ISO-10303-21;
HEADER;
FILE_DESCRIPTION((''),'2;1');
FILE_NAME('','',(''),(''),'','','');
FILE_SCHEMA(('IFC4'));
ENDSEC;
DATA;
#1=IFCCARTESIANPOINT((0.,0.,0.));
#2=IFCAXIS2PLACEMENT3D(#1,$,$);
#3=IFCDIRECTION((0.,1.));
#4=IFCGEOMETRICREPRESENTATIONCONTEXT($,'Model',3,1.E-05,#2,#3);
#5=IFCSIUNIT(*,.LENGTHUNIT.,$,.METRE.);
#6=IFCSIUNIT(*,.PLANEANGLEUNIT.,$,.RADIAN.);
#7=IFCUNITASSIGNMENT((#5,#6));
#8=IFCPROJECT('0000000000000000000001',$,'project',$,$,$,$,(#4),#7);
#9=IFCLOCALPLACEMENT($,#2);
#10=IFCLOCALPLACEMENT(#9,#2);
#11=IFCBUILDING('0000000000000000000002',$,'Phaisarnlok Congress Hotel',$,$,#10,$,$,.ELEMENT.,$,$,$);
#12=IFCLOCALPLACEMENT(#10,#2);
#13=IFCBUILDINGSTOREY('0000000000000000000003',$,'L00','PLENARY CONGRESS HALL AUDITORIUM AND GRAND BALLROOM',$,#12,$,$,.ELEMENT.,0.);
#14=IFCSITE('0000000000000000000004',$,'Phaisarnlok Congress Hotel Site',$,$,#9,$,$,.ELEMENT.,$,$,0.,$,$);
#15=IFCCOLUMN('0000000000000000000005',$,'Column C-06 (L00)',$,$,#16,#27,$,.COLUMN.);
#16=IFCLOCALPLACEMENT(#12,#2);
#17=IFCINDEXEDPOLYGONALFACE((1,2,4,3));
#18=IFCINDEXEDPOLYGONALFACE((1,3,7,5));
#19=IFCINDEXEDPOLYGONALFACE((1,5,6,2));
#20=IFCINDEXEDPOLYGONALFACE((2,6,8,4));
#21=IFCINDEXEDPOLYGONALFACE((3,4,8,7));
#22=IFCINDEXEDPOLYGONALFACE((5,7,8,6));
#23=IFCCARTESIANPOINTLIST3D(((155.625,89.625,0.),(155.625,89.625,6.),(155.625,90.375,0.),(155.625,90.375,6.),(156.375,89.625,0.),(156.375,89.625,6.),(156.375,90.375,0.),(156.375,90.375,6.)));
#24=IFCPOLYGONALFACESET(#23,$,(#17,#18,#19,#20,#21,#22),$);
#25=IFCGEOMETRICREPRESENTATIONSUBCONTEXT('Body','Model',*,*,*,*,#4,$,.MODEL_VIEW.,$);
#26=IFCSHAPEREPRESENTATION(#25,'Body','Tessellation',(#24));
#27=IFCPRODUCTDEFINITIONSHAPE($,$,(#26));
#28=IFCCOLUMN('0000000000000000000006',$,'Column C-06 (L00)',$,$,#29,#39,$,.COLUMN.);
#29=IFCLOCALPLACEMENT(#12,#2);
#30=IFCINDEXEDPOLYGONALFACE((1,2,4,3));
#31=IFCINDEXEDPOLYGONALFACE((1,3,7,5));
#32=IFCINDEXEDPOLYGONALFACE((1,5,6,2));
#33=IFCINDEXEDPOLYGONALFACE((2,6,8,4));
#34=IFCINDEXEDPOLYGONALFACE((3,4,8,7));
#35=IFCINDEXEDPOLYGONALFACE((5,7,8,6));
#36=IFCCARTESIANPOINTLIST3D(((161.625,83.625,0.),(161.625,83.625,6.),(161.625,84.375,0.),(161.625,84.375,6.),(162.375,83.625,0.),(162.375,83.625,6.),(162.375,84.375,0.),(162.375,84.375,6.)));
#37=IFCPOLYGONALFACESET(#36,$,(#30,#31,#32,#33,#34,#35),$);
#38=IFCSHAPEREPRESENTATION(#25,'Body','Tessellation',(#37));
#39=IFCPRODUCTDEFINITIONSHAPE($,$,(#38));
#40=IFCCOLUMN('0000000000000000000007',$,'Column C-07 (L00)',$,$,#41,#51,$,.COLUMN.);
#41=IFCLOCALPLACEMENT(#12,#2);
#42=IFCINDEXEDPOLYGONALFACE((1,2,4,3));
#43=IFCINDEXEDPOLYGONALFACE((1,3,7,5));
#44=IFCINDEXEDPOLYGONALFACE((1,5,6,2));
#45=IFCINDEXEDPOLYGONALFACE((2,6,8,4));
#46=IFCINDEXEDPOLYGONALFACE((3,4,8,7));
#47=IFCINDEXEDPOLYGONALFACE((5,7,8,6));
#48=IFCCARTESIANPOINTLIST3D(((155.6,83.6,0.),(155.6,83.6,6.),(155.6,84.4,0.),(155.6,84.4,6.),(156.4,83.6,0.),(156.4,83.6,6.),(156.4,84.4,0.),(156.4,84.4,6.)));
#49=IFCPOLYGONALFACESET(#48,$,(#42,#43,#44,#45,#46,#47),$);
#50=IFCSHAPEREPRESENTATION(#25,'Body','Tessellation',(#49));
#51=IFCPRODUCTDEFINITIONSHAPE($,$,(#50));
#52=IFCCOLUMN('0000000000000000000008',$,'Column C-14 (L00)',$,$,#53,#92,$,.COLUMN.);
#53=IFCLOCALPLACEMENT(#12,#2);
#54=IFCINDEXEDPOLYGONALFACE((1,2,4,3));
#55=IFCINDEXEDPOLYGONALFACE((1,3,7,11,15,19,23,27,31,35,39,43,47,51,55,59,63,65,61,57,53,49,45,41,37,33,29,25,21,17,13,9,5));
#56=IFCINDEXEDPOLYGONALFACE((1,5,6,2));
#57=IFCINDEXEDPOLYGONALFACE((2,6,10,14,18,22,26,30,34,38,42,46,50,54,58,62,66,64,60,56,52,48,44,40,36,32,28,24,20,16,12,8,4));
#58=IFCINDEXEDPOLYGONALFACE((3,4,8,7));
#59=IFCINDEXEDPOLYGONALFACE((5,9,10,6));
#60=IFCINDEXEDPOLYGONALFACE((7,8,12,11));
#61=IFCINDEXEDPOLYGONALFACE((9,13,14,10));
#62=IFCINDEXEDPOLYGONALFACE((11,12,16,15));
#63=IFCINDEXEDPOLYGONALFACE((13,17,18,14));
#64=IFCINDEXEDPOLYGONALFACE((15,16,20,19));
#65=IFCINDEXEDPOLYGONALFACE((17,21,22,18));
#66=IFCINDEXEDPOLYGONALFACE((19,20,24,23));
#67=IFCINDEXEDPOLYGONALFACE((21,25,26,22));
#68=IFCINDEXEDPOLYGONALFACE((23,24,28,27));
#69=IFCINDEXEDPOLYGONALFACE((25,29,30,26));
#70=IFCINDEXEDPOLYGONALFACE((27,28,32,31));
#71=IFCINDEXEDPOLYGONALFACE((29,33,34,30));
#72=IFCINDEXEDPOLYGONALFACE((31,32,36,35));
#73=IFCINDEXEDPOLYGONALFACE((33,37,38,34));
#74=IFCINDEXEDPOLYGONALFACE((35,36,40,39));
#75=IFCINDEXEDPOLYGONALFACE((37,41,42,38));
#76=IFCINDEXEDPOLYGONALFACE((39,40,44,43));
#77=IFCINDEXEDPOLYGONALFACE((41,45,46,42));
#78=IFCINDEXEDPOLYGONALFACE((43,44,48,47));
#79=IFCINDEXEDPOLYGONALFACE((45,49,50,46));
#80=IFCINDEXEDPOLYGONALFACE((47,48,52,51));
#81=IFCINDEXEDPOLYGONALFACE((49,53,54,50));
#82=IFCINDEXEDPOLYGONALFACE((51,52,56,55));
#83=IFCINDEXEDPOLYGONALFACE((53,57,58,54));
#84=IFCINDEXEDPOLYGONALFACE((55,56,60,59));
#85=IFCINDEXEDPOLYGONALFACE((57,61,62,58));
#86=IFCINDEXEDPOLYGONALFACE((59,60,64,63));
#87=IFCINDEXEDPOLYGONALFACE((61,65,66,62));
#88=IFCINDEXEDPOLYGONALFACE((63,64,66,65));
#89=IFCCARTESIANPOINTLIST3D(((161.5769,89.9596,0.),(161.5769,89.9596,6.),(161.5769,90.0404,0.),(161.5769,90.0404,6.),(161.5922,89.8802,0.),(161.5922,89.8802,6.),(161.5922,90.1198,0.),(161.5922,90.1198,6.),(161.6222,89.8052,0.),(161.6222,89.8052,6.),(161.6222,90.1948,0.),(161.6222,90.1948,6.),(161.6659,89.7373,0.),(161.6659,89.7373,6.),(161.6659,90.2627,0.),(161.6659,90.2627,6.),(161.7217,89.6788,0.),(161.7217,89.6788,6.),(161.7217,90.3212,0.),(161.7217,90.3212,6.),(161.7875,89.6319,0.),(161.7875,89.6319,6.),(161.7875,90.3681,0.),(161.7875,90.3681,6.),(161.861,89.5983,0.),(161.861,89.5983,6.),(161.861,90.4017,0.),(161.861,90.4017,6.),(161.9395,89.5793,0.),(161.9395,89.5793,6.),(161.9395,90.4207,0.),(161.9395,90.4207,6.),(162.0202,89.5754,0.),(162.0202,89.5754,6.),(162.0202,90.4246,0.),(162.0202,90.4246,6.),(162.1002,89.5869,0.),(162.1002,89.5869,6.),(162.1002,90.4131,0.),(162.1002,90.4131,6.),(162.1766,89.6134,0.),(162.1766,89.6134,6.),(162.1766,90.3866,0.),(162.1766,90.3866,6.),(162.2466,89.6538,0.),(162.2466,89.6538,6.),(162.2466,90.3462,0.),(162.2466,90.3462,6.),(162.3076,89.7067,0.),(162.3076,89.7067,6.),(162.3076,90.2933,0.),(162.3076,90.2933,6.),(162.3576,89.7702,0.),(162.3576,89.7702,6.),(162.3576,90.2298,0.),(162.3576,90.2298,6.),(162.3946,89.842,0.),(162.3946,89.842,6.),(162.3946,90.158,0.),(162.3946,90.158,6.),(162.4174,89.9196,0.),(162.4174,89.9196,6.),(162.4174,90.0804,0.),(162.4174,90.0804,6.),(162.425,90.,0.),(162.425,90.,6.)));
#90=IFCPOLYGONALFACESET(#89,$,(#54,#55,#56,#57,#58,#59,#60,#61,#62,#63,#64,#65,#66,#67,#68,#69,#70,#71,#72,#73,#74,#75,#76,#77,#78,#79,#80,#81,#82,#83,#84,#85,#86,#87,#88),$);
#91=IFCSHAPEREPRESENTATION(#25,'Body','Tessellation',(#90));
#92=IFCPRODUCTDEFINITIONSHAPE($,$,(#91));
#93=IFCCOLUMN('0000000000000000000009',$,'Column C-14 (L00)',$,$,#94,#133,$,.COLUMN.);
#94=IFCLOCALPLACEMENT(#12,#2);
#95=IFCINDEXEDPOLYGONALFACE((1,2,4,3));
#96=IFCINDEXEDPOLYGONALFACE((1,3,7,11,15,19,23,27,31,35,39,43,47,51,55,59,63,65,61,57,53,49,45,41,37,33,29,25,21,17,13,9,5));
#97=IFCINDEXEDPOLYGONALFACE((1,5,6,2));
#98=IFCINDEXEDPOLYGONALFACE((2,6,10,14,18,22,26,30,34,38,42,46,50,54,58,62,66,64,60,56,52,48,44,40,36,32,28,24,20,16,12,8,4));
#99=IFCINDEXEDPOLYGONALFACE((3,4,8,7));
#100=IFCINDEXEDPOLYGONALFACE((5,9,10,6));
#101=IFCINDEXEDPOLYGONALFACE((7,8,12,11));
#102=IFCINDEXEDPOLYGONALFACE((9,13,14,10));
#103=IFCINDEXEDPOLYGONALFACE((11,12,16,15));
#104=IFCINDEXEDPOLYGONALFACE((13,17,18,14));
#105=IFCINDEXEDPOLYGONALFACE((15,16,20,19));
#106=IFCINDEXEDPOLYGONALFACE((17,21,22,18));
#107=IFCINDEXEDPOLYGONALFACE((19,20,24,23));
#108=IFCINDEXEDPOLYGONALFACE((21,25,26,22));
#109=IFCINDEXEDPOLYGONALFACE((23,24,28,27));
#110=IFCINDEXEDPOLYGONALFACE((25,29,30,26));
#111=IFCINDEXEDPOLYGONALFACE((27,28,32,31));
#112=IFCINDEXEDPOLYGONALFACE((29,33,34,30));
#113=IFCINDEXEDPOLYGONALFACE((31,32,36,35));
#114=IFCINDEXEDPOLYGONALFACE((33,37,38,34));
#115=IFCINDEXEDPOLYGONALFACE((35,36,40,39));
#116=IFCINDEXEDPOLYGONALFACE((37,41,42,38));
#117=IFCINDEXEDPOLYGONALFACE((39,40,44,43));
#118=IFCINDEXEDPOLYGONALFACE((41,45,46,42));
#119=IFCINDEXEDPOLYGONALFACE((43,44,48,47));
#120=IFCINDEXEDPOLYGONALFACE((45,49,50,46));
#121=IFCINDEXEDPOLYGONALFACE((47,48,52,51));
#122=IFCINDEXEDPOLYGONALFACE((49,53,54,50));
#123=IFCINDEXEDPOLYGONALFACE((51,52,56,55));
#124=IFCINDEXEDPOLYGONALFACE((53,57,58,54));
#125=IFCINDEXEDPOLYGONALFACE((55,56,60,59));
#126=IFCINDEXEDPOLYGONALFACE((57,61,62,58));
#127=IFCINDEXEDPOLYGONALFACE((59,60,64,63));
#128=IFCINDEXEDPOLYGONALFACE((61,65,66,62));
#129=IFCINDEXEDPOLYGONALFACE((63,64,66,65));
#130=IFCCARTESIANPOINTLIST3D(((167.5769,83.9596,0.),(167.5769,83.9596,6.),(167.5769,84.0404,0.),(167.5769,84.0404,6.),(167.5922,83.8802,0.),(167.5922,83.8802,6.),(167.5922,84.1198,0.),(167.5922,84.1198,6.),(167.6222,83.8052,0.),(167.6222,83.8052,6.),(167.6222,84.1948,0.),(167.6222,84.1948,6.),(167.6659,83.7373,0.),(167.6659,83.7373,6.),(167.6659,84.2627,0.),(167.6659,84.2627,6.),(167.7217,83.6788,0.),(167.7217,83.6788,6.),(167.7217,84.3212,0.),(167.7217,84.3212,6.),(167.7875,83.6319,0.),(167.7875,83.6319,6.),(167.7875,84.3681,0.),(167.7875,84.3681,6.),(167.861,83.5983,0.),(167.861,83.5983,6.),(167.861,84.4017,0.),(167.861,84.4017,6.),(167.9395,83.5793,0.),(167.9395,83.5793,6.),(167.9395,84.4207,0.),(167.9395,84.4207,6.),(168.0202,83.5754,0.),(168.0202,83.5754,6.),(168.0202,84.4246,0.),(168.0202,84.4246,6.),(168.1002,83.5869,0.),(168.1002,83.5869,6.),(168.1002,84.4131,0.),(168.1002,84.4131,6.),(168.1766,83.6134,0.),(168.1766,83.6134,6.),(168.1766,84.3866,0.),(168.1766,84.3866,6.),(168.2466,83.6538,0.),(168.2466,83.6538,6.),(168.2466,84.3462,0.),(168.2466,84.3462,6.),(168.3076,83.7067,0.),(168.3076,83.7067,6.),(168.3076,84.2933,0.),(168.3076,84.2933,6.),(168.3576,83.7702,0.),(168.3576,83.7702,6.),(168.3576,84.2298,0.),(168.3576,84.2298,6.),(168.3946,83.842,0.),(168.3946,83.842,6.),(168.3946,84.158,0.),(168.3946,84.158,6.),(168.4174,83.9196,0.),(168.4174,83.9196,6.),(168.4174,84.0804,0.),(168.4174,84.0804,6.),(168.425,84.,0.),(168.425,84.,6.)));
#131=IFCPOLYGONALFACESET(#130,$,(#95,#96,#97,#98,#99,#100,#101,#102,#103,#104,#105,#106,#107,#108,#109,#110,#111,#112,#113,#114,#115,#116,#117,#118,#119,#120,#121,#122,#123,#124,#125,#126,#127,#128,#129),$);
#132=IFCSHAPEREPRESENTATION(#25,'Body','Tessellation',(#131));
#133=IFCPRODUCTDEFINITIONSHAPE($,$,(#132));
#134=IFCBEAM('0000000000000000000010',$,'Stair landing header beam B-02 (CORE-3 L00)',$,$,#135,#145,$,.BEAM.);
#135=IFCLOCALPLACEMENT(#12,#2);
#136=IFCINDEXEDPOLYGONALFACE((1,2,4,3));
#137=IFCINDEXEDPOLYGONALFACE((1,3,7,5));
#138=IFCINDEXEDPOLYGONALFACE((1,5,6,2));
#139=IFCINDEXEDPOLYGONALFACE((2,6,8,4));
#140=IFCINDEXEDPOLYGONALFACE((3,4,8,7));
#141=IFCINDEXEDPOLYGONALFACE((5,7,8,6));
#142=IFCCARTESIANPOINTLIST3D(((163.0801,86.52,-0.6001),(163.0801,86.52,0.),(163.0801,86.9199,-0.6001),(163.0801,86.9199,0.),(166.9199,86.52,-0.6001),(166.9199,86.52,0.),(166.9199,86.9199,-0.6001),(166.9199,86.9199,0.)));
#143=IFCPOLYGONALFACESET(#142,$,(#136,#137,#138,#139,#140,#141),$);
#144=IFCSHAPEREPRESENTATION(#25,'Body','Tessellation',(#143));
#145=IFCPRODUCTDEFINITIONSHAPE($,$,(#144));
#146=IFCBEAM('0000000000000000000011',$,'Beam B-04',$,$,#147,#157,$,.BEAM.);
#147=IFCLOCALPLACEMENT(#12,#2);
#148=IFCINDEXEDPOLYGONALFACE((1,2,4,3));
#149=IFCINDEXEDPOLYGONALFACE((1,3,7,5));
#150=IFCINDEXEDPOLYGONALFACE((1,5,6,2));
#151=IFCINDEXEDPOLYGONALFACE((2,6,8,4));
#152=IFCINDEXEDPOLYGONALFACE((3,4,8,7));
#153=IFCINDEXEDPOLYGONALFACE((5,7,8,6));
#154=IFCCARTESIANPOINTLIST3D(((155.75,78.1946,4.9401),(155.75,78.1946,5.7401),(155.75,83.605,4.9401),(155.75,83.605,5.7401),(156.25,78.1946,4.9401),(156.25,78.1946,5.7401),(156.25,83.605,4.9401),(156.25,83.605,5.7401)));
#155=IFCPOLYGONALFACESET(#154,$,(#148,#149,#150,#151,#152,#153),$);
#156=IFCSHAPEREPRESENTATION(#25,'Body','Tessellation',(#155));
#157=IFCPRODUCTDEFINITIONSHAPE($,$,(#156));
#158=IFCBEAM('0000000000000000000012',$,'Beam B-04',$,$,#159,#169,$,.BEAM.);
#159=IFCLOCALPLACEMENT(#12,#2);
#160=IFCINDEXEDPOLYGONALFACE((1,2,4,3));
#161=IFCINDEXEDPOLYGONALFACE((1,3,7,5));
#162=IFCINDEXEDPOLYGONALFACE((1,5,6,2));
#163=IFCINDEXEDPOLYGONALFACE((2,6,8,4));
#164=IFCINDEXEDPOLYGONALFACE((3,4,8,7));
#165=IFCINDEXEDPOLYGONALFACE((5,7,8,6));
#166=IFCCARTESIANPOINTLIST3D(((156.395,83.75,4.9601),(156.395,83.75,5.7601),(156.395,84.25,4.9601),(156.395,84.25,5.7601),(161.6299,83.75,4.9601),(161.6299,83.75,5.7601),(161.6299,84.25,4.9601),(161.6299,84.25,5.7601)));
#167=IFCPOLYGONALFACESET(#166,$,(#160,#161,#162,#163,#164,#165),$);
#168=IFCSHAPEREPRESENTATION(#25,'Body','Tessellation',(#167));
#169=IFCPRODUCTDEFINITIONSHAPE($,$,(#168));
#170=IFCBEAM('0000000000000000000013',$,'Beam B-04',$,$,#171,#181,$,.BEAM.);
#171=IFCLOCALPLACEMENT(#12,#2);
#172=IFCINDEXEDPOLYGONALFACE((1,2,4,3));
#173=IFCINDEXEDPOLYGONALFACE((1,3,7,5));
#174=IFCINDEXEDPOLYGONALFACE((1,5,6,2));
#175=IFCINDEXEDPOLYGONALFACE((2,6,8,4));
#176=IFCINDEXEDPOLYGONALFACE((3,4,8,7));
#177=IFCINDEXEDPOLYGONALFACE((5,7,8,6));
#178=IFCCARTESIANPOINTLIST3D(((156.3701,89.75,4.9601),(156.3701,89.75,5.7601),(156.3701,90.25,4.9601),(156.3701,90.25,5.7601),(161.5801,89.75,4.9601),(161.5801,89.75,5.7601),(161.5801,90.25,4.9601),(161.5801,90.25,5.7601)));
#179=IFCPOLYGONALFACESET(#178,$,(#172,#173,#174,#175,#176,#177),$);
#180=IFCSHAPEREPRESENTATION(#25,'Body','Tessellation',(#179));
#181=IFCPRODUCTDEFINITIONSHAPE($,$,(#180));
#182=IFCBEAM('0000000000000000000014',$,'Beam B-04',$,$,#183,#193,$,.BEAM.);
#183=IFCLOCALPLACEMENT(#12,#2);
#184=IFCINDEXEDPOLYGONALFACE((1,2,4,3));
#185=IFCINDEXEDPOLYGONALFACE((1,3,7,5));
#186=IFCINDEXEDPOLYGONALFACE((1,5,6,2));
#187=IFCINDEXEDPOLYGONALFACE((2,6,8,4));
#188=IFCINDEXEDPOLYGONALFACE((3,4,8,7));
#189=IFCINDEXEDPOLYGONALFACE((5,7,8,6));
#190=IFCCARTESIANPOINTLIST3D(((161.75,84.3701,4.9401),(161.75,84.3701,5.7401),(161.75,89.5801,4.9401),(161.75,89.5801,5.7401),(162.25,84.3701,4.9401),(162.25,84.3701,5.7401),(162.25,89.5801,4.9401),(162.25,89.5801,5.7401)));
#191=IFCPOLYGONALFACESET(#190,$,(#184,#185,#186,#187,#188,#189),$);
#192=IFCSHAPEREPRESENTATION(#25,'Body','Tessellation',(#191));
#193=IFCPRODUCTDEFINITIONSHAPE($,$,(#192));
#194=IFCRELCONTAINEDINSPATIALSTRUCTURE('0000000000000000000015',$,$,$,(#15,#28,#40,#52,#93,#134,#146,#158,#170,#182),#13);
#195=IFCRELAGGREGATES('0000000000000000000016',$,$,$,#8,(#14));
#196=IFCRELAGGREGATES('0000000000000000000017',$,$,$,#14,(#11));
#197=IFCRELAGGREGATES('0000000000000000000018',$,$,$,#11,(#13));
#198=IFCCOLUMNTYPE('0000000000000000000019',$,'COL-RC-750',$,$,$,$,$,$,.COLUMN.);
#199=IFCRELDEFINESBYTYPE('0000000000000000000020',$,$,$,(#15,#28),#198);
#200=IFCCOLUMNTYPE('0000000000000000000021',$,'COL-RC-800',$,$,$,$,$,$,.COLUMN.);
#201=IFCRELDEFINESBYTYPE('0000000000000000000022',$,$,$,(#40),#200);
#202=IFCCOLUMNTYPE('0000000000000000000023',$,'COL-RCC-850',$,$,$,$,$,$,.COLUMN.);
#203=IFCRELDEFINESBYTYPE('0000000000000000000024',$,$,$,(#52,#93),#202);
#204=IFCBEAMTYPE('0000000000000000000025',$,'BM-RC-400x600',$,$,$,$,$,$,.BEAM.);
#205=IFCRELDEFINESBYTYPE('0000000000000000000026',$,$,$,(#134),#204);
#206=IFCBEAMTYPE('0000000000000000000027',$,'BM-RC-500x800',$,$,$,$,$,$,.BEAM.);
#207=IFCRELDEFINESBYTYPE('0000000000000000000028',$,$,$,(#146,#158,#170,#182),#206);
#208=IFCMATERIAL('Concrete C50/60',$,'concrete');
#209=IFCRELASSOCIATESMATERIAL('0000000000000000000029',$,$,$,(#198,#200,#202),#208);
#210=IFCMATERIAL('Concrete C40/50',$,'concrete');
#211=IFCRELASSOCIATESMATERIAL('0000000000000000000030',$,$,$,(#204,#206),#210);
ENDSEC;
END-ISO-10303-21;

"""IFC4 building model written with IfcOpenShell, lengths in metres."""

from ifc_helpers import new_model, si_unit, direction, frame, origin, origin_2d, place, context, subcontext, project, spatial, rectangle, circle, extrude, material, material_profile, profile_set, type_object, element, save


model = new_model("IFC4")

# Units and contexts
model_context = context("Model", 3, precision=1e-05, world=origin(), true_north=direction((0.0, 1.0)))
body_context = subcontext(model_context, "Body", "Model", "MODEL_VIEW")
ifc_project = project(units=[si_unit("LENGTHUNIT", "METRE"), si_unit("PLANEANGLEUNIT", "RADIAN")], contexts=[model_context])

# Site, building, storey
site_placement = place(None, origin())
site = spatial("IfcSite", under=ifc_project, at=site_placement, Name="Phaisarnlok Congress Hotel Site", CompositionType="ELEMENT", RefElevation=0.0)
building_placement = place(site_placement, origin())
building = spatial("IfcBuilding", under=site, at=building_placement, Name="Phaisarnlok Congress Hotel", CompositionType="ELEMENT")
storey_placement = place(building_placement, origin())
storey = spatial("IfcBuildingStorey", under=building, at=storey_placement, Name="L00", Description="PLENARY CONGRESS HALL AUDITORIUM AND GRAND BALLROOM", CompositionType="ELEMENT", Elevation=0.0)

# Columns
ifc_material_1 = material(Name="Concrete C50/60", Category="concrete")
ifc_material_profile_1 = material_profile(ifc_material_1, rectangle(XDim=0.75, YDim=0.75, at=origin_2d()), Name="RC 750x750")
ifc_profile_set_1 = profile_set([ifc_material_profile_1], Name="Concrete C50/60")
column_type_1 = type_object("IfcColumnType", Name="COL-RC-750", PredefinedType="COLUMN", material=ifc_profile_set_1)
for number, where, z_axis, x_axis, name in (
    (1, (156.0, 90.0, 0.0), (0.0, 0.0, 1.0), (1.0, 0.0, 0.0), "Column C-06 (L00)"),
    (2, (162.0, 84.0, 0.0), (0.0, 0.0, 1.0), (1.0, 0.0, 0.0), "Column C-06 (L00)"),
):
    element("IfcColumn", number, at=place(storey_placement, frame(where, z_axis=z_axis, x_axis=x_axis)), inside=storey, type_object=column_type_1, Name=name, PredefinedType="COLUMN", context=body_context, shape_type="SweptSolid", body=[
        extrude(rectangle(XDim=0.75, YDim=0.75, at=origin_2d()), origin(), (0.0, 0.0, 1.0), 6.0),
    ])
ifc_material_profile_2 = material_profile(ifc_material_1, rectangle(XDim=0.8, YDim=0.8, at=origin_2d()), Name="RC 800x800")
ifc_profile_set_2 = profile_set([ifc_material_profile_2], Name="Concrete C50/60")
column_type_2 = type_object("IfcColumnType", Name="COL-RC-800", PredefinedType="COLUMN", material=ifc_profile_set_2)
column_placement = place(storey_placement, frame((156.0, 84.0, 0.0), z_axis=(0.0, 0.0, 1.0), x_axis=(1.0, 0.0, 0.0)))
element("IfcColumn", 3, at=column_placement, inside=storey, type_object=column_type_2, Name="Column C-07 (L00)", PredefinedType="COLUMN", context=body_context, shape_type="SweptSolid", body=[
    extrude(rectangle(XDim=0.8, YDim=0.8, at=origin_2d()), origin(), (0.0, 0.0, 1.0), 6.0),
])
ifc_material_profile_3 = material_profile(ifc_material_1, circle(Radius=0.425, at=origin_2d()), Name="RCC D850")
ifc_profile_set_3 = profile_set([ifc_material_profile_3], Name="Concrete C50/60")
column_type_3 = type_object("IfcColumnType", Name="COL-RCC-850", PredefinedType="COLUMN", material=ifc_profile_set_3)
for number, where, z_axis, x_axis, name in (
    (4, (162.0, 90.0, 0.0), (0.0, 0.0, 1.0), (1.0, 0.0, 0.0), "Column C-14 (L00)"),
    (5, (168.0, 84.0, 0.0), (0.0, 0.0, 1.0), (1.0, 0.0, 0.0), "Column C-14 (L00)"),
):
    element("IfcColumn", number, at=place(storey_placement, frame(where, z_axis=z_axis, x_axis=x_axis)), inside=storey, type_object=column_type_3, Name=name, PredefinedType="COLUMN", context=body_context, shape_type="SweptSolid", body=[
        extrude(circle(Radius=0.425, at=origin_2d()), origin(), (0.0, 0.0, 1.0), 6.0),
    ])

# Beams
ifc_material_2 = material(Name="Concrete C40/50", Category="concrete")
ifc_material_profile_4 = material_profile(ifc_material_2, rectangle(XDim=0.3999, YDim=0.6001, at=origin_2d()), Name="RC 400x600")
ifc_profile_set_4 = profile_set([ifc_material_profile_4], Name="Concrete C40/50")
beam_type_1 = type_object("IfcBeamType", Name="BM-RC-400x600", PredefinedType="BEAM", material=ifc_profile_set_4)
beam_1_placement = place(storey_placement, frame((163.0801, 86.72, -0.3), z_axis=(1.0, 0.0, 0.0), x_axis=(0.0, 1.0, 0.0)))
element("IfcBeam", 6, at=beam_1_placement, inside=storey, type_object=beam_type_1, Name="Stair landing header beam B-02 (CORE-3 L00)", PredefinedType="BEAM", context=body_context, shape_type="SweptSolid", body=[
    extrude(rectangle(XDim=0.3999, YDim=0.6001, at=origin_2d()), origin(), (0.0, 0.0, 1.0), 3.8398),
])
ifc_material_profile_5 = material_profile(ifc_material_2, rectangle(XDim=0.5, YDim=0.8, at=origin_2d()), Name="RC 500x800")
ifc_profile_set_5 = profile_set([ifc_material_profile_5], Name="Concrete C40/50")
beam_type_2 = type_object("IfcBeamType", Name="BM-RC-500x800", PredefinedType="BEAM", material=ifc_profile_set_5)
beam_2_placement = place(storey_placement, frame((156.0, 78.1946, 5.3401), z_axis=(0.0, 1.0, 0.0), x_axis=(-1.0, 0.0, 0.0)))
element("IfcBeam", 7, at=beam_2_placement, inside=storey, type_object=beam_type_2, Name="Beam B-04", PredefinedType="BEAM", context=body_context, shape_type="SweptSolid", body=[
    extrude(rectangle(XDim=0.5, YDim=0.8, at=origin_2d()), origin(), (0.0, 0.0, 1.0), 5.4104),
])
beam_3_placement = place(storey_placement, frame((156.395, 84.0, 5.3601), z_axis=(1.0, 0.0, 0.0), x_axis=(0.0, 1.0, 0.0)))
element("IfcBeam", 8, at=beam_3_placement, inside=storey, type_object=beam_type_2, Name="Beam B-04", PredefinedType="BEAM", context=body_context, shape_type="SweptSolid", body=[
    extrude(rectangle(XDim=0.5, YDim=0.8, at=origin_2d()), origin(), (0.0, 0.0, 1.0), 5.2349),
])
for number, where, z_axis, x_axis, name in (
    (9, (156.3701, 90.0, 5.3601), (1.0, 0.0, 0.0), (0.0, 1.0, 0.0), "Beam B-04"),
    (10, (162.0, 84.3701, 5.3401), (0.0, 1.0, 0.0), (-1.0, 0.0, 0.0), "Beam B-04"),
):
    element("IfcBeam", number, at=place(storey_placement, frame(where, z_axis=z_axis, x_axis=x_axis)), inside=storey, type_object=beam_type_2, Name=name, PredefinedType="BEAM", context=body_context, shape_type="SweptSolid", body=[
        extrude(rectangle(XDim=0.5, YDim=0.8, at=origin_2d()), origin(), (0.0, 0.0, 1.0), 5.21),
    ])

save(model, "model.ifc")
